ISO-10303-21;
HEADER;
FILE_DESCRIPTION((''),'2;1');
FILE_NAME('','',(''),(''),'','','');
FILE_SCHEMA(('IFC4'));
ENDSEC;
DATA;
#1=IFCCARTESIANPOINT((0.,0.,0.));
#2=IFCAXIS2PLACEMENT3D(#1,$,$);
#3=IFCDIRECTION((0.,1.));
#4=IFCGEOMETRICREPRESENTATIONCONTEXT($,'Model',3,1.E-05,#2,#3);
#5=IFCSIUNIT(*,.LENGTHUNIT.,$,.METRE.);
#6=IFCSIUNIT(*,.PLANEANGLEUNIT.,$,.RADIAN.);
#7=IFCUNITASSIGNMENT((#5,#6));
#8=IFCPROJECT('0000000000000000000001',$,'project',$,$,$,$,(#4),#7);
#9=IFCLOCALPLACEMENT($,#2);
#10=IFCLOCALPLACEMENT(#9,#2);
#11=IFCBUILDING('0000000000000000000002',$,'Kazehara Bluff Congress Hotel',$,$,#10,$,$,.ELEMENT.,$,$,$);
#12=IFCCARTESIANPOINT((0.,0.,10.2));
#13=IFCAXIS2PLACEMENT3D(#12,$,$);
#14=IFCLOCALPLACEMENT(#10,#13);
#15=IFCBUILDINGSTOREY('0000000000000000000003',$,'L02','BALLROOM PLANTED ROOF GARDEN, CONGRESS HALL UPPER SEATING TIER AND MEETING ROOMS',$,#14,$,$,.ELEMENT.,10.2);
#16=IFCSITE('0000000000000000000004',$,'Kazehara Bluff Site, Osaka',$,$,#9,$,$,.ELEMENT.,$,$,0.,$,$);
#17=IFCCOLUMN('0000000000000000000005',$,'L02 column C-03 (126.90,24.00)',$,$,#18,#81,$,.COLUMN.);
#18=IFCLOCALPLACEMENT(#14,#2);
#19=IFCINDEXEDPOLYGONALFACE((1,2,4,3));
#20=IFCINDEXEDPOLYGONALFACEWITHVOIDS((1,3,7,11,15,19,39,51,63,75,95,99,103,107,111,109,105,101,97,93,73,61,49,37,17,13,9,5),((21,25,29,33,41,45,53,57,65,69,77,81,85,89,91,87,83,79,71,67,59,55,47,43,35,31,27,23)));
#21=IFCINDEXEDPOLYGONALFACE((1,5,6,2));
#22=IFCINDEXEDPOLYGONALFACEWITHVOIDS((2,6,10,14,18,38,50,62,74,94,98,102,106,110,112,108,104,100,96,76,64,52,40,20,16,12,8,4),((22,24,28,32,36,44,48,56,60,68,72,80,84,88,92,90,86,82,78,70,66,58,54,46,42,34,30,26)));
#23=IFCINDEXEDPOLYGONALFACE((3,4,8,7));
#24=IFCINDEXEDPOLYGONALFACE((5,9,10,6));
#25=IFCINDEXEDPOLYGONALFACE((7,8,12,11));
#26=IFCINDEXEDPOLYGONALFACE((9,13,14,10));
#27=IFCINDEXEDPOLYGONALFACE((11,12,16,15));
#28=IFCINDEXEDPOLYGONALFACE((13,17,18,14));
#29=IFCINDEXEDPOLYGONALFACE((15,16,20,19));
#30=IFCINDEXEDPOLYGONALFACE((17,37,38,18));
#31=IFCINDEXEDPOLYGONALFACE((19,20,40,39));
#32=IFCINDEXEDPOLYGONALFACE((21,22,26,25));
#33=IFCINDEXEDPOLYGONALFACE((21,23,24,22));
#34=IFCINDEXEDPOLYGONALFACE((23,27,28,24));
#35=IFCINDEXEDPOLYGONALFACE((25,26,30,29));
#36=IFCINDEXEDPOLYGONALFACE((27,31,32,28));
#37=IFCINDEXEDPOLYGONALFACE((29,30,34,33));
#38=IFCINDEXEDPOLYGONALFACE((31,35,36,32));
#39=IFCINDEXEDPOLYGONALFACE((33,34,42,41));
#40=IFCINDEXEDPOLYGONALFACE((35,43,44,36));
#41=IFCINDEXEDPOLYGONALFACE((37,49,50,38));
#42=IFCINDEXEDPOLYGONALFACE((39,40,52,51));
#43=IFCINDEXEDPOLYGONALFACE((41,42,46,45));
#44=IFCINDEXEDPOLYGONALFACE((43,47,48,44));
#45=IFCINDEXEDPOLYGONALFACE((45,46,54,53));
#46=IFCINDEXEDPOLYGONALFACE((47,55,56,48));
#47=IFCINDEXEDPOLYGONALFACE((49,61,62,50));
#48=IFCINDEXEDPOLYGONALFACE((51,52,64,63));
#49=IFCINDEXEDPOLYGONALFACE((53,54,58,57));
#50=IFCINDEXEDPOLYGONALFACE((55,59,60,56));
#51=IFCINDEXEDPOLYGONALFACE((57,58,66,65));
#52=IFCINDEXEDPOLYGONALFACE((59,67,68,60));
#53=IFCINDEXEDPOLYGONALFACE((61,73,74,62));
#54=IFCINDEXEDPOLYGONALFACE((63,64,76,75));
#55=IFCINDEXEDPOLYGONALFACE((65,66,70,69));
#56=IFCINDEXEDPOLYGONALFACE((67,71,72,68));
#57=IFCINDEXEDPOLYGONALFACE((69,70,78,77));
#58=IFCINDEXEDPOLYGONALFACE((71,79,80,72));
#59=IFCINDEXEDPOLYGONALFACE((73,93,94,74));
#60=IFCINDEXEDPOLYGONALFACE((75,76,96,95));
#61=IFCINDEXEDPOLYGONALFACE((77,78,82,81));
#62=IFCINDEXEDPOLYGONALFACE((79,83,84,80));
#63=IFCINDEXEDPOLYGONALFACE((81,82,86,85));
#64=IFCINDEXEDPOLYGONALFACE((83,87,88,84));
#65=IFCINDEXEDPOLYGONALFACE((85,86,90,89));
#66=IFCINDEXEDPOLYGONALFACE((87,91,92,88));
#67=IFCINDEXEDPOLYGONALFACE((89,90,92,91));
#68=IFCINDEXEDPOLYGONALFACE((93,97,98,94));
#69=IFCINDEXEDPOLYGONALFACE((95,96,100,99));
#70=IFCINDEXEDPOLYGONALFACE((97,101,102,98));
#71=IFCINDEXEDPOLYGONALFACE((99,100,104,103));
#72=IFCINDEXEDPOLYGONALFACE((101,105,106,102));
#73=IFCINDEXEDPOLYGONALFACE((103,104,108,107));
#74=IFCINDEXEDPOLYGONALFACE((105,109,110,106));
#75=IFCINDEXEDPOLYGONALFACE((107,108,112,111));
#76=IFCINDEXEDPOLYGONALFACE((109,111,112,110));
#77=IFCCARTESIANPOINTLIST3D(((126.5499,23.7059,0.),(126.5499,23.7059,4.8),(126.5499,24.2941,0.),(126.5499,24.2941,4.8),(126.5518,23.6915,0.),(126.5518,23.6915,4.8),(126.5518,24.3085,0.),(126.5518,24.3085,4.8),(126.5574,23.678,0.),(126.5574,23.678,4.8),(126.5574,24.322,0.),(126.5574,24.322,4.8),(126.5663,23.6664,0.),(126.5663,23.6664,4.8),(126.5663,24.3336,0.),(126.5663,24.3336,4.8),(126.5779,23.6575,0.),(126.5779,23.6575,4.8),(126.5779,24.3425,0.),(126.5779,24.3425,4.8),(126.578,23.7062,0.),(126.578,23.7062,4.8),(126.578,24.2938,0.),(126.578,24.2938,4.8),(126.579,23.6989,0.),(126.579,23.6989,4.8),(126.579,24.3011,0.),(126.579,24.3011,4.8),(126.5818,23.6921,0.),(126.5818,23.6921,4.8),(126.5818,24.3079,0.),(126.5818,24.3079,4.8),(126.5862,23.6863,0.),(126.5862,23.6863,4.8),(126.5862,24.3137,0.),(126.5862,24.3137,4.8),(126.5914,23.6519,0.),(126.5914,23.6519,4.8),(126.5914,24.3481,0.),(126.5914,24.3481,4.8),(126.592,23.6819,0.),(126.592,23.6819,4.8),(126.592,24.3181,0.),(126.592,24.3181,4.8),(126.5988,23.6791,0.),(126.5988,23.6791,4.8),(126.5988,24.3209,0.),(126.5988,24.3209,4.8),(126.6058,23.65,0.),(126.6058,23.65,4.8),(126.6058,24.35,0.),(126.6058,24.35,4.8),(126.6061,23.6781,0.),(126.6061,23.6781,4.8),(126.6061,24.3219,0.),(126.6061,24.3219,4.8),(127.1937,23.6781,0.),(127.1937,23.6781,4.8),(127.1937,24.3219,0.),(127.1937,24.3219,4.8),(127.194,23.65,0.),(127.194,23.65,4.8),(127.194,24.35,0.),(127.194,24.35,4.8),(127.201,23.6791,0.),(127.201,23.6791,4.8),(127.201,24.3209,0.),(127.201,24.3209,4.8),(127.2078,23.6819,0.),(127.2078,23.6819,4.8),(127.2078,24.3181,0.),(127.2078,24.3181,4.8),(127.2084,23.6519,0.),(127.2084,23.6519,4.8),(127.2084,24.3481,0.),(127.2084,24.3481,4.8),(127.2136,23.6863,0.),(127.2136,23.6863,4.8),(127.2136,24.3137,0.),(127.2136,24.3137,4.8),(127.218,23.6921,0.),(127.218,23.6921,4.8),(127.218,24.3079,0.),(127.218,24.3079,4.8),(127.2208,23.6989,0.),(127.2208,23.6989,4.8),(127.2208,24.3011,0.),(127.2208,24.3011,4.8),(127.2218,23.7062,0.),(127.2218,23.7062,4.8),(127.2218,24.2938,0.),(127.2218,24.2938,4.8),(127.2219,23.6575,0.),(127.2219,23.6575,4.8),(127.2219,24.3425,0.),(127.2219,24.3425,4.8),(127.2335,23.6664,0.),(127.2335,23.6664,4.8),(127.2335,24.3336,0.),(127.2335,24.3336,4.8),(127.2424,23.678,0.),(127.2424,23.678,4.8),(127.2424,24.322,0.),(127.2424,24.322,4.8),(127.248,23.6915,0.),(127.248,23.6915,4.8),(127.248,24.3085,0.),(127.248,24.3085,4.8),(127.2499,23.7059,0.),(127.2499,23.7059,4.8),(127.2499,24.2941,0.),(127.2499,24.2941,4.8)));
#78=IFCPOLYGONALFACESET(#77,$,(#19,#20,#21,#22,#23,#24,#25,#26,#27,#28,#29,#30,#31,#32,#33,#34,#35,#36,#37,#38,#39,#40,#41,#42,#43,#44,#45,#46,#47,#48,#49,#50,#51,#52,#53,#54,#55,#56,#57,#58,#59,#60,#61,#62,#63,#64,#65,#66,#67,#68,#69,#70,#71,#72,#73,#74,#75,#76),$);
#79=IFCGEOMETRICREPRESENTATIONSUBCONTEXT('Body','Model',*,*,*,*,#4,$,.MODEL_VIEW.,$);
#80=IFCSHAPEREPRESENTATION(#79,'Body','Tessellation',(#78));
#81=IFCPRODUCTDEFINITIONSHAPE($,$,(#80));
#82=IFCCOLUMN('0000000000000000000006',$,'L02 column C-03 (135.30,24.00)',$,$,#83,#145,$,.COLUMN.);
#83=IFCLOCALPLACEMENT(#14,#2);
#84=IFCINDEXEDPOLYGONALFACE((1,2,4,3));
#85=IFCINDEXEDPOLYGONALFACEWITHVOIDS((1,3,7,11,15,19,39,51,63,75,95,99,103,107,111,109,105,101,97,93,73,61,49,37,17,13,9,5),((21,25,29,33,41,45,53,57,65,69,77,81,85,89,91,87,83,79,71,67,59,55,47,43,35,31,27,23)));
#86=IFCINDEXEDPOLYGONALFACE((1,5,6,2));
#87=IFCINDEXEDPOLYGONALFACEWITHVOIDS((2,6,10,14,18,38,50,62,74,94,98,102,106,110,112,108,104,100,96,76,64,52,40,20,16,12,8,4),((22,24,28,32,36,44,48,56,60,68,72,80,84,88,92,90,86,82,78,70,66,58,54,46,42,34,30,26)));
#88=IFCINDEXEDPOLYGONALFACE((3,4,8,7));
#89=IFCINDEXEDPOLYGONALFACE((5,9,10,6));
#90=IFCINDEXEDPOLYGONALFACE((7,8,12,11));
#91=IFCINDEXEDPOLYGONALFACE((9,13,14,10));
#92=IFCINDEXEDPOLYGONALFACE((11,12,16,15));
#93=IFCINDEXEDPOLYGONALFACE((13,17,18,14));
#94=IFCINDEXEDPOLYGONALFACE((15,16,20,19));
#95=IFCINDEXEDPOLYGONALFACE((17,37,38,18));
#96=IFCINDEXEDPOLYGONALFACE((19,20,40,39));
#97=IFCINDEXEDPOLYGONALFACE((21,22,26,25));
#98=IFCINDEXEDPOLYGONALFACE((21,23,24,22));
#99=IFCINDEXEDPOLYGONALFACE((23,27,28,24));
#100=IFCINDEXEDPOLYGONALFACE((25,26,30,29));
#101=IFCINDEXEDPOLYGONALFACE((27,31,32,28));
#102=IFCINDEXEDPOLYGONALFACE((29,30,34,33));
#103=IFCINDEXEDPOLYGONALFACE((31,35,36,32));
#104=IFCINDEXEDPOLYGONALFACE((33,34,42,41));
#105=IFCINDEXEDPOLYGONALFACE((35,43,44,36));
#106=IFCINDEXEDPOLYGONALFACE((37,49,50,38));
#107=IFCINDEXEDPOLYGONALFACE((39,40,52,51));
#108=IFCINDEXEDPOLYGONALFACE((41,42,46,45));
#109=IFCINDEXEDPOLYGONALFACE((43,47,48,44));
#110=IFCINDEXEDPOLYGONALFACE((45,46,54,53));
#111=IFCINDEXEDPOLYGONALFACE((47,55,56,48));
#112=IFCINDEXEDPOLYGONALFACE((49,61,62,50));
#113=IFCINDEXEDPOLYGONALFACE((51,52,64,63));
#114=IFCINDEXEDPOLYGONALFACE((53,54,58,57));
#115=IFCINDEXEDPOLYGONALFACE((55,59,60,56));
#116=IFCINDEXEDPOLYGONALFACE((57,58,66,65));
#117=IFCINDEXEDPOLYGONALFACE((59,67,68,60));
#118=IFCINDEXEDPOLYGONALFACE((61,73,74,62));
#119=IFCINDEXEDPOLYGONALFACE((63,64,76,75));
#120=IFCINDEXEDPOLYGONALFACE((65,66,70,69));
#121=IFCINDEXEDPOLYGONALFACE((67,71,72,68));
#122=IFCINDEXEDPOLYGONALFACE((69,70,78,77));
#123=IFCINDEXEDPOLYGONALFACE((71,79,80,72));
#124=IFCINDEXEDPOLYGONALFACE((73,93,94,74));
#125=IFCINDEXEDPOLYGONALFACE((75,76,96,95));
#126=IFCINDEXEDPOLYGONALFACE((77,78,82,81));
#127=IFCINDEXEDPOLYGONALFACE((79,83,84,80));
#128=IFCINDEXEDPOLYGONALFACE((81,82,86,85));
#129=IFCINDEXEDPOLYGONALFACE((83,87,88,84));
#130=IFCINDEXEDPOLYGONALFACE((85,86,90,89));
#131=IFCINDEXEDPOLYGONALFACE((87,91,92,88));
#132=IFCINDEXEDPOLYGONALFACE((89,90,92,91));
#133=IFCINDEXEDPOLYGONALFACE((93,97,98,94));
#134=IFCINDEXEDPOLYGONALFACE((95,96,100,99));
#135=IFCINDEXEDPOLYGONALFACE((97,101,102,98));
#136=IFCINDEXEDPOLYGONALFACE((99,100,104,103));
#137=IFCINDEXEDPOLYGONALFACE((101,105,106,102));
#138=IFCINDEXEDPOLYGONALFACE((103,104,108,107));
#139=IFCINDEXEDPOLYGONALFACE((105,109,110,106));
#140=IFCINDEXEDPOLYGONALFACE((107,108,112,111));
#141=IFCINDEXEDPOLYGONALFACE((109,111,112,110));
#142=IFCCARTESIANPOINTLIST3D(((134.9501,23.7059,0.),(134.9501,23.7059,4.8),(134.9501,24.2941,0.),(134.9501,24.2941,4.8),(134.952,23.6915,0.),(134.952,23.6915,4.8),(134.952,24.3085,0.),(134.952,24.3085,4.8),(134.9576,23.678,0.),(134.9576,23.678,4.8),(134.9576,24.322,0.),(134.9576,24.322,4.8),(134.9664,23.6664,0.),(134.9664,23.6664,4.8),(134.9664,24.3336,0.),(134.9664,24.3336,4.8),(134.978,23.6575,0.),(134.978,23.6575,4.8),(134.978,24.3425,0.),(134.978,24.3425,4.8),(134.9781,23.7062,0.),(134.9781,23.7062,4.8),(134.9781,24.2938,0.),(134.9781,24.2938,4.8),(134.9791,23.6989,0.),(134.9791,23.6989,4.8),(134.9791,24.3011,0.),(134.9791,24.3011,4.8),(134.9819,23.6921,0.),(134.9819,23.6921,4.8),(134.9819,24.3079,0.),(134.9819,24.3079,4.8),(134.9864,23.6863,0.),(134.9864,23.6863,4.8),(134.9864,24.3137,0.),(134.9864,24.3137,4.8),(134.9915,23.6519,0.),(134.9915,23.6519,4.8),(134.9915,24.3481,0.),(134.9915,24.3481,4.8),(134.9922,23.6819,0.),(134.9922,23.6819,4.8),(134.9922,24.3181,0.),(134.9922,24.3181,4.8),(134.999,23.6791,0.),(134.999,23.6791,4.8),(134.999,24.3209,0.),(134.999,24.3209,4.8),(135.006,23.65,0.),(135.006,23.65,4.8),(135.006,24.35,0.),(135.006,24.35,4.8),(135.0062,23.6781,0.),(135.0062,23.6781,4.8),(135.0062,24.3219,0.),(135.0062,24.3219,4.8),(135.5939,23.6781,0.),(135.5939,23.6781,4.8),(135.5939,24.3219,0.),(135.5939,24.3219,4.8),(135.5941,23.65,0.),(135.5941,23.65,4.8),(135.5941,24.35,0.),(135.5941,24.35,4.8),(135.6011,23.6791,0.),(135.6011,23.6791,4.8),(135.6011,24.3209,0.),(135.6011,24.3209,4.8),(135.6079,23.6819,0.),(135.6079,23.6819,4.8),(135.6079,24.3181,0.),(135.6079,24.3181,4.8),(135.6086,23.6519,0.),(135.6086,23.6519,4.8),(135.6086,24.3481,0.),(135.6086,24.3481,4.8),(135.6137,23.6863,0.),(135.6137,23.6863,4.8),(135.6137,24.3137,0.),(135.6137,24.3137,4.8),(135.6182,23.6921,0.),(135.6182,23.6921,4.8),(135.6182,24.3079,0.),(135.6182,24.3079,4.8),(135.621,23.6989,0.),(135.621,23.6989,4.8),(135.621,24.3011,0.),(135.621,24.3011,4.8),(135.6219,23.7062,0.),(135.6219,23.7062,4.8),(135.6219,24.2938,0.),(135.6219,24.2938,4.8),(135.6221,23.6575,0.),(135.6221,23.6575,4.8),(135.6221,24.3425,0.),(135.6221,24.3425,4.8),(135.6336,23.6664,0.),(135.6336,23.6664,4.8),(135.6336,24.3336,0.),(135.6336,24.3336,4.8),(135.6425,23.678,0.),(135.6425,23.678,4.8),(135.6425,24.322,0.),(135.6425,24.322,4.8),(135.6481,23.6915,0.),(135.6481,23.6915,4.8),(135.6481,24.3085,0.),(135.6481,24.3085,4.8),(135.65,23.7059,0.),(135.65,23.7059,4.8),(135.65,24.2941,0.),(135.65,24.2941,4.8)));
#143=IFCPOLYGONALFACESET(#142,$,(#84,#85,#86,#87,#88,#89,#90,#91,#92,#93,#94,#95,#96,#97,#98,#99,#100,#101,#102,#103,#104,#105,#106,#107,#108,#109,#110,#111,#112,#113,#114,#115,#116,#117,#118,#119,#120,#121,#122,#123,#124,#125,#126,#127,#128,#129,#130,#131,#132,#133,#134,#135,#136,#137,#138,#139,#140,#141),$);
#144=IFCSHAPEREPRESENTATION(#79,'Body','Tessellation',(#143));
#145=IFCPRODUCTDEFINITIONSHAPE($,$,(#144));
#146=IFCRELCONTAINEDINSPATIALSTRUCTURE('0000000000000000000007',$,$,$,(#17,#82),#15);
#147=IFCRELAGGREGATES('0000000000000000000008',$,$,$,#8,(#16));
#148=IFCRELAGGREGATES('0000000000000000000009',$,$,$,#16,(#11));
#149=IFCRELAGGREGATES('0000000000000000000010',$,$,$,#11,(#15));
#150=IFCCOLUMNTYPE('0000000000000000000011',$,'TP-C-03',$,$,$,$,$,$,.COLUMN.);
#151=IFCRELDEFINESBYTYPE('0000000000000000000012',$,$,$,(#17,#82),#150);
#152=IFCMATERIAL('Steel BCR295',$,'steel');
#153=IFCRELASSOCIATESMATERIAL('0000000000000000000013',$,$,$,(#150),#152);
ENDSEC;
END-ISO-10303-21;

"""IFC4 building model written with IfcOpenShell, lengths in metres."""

from ifc_helpers import new_model, si_unit, direction, frame, origin, origin_2d, place, context, subcontext, project, spatial, hollow_rectangle, extrude, material, material_profile, profile_set, type_object, element, save


model = new_model("IFC4")

# Units and contexts
model_context = context("Model", 3, precision=1e-05, world=origin(), true_north=direction((0.0, 1.0)))
body_context = subcontext(model_context, "Body", "Model", "MODEL_VIEW")
ifc_project = project(units=[si_unit("LENGTHUNIT", "METRE"), si_unit("PLANEANGLEUNIT", "RADIAN")], contexts=[model_context])

# Site, building, storey
site_placement = place(None, origin())
site = spatial("IfcSite", under=ifc_project, at=site_placement, Name="Kazehara Bluff Site, Osaka", CompositionType="ELEMENT", RefElevation=0.0)
building_placement = place(site_placement, origin())
building = spatial("IfcBuilding", under=site, at=building_placement, Name="Kazehara Bluff Congress Hotel", CompositionType="ELEMENT")
storey_placement = place(building_placement, frame((0.0, 0.0, 10.2)))
storey = spatial("IfcBuildingStorey", under=building, at=storey_placement, Name="L02", Description="BALLROOM PLANTED ROOF GARDEN, CONGRESS HALL UPPER SEATING TIER AND MEETING ROOMS", CompositionType="ELEMENT", Elevation=10.2)

# Columns
ifc_material_1 = material(Name="Steel BCR295", Category="steel")
ifc_material_profile_1 = material_profile(ifc_material_1, hollow_rectangle(XDim=0.7, YDim=0.7, WallThickness=0.0281, InnerFilletRadius=0.0281, OuterFilletRadius=0.0559, at=origin_2d()))
ifc_profile_set_1 = profile_set([ifc_material_profile_1], Name="Steel BCR295")
column_type = type_object("IfcColumnType", Name="TP-C-03", PredefinedType="COLUMN", material=ifc_profile_set_1)
for number, where, z_axis, x_axis, name in (
    (1, (126.8999, 24.0, 0.0), (0.0, 0.0, 1.0), (1.0, 0.0, 0.0), "L02 column C-03 (126.90,24.00)"),
    (2, (135.3, 24.0, 0.0), (0.0, 0.0, 1.0), (1.0, 0.0, 0.0), "L02 column C-03 (135.30,24.00)"),
):
    element("IfcColumn", number, at=place(storey_placement, frame(where, z_axis=z_axis, x_axis=x_axis)), inside=storey, type_object=column_type, Name=name, PredefinedType="COLUMN", context=body_context, shape_type="SweptSolid", body=[
        extrude(hollow_rectangle(XDim=0.7, YDim=0.7, WallThickness=0.0281, InnerFilletRadius=0.0281, OuterFilletRadius=0.0559, at=origin_2d()), origin(), (0.0, 0.0, 1.0), 4.8),
    ])

save(model, "model.ifc")
